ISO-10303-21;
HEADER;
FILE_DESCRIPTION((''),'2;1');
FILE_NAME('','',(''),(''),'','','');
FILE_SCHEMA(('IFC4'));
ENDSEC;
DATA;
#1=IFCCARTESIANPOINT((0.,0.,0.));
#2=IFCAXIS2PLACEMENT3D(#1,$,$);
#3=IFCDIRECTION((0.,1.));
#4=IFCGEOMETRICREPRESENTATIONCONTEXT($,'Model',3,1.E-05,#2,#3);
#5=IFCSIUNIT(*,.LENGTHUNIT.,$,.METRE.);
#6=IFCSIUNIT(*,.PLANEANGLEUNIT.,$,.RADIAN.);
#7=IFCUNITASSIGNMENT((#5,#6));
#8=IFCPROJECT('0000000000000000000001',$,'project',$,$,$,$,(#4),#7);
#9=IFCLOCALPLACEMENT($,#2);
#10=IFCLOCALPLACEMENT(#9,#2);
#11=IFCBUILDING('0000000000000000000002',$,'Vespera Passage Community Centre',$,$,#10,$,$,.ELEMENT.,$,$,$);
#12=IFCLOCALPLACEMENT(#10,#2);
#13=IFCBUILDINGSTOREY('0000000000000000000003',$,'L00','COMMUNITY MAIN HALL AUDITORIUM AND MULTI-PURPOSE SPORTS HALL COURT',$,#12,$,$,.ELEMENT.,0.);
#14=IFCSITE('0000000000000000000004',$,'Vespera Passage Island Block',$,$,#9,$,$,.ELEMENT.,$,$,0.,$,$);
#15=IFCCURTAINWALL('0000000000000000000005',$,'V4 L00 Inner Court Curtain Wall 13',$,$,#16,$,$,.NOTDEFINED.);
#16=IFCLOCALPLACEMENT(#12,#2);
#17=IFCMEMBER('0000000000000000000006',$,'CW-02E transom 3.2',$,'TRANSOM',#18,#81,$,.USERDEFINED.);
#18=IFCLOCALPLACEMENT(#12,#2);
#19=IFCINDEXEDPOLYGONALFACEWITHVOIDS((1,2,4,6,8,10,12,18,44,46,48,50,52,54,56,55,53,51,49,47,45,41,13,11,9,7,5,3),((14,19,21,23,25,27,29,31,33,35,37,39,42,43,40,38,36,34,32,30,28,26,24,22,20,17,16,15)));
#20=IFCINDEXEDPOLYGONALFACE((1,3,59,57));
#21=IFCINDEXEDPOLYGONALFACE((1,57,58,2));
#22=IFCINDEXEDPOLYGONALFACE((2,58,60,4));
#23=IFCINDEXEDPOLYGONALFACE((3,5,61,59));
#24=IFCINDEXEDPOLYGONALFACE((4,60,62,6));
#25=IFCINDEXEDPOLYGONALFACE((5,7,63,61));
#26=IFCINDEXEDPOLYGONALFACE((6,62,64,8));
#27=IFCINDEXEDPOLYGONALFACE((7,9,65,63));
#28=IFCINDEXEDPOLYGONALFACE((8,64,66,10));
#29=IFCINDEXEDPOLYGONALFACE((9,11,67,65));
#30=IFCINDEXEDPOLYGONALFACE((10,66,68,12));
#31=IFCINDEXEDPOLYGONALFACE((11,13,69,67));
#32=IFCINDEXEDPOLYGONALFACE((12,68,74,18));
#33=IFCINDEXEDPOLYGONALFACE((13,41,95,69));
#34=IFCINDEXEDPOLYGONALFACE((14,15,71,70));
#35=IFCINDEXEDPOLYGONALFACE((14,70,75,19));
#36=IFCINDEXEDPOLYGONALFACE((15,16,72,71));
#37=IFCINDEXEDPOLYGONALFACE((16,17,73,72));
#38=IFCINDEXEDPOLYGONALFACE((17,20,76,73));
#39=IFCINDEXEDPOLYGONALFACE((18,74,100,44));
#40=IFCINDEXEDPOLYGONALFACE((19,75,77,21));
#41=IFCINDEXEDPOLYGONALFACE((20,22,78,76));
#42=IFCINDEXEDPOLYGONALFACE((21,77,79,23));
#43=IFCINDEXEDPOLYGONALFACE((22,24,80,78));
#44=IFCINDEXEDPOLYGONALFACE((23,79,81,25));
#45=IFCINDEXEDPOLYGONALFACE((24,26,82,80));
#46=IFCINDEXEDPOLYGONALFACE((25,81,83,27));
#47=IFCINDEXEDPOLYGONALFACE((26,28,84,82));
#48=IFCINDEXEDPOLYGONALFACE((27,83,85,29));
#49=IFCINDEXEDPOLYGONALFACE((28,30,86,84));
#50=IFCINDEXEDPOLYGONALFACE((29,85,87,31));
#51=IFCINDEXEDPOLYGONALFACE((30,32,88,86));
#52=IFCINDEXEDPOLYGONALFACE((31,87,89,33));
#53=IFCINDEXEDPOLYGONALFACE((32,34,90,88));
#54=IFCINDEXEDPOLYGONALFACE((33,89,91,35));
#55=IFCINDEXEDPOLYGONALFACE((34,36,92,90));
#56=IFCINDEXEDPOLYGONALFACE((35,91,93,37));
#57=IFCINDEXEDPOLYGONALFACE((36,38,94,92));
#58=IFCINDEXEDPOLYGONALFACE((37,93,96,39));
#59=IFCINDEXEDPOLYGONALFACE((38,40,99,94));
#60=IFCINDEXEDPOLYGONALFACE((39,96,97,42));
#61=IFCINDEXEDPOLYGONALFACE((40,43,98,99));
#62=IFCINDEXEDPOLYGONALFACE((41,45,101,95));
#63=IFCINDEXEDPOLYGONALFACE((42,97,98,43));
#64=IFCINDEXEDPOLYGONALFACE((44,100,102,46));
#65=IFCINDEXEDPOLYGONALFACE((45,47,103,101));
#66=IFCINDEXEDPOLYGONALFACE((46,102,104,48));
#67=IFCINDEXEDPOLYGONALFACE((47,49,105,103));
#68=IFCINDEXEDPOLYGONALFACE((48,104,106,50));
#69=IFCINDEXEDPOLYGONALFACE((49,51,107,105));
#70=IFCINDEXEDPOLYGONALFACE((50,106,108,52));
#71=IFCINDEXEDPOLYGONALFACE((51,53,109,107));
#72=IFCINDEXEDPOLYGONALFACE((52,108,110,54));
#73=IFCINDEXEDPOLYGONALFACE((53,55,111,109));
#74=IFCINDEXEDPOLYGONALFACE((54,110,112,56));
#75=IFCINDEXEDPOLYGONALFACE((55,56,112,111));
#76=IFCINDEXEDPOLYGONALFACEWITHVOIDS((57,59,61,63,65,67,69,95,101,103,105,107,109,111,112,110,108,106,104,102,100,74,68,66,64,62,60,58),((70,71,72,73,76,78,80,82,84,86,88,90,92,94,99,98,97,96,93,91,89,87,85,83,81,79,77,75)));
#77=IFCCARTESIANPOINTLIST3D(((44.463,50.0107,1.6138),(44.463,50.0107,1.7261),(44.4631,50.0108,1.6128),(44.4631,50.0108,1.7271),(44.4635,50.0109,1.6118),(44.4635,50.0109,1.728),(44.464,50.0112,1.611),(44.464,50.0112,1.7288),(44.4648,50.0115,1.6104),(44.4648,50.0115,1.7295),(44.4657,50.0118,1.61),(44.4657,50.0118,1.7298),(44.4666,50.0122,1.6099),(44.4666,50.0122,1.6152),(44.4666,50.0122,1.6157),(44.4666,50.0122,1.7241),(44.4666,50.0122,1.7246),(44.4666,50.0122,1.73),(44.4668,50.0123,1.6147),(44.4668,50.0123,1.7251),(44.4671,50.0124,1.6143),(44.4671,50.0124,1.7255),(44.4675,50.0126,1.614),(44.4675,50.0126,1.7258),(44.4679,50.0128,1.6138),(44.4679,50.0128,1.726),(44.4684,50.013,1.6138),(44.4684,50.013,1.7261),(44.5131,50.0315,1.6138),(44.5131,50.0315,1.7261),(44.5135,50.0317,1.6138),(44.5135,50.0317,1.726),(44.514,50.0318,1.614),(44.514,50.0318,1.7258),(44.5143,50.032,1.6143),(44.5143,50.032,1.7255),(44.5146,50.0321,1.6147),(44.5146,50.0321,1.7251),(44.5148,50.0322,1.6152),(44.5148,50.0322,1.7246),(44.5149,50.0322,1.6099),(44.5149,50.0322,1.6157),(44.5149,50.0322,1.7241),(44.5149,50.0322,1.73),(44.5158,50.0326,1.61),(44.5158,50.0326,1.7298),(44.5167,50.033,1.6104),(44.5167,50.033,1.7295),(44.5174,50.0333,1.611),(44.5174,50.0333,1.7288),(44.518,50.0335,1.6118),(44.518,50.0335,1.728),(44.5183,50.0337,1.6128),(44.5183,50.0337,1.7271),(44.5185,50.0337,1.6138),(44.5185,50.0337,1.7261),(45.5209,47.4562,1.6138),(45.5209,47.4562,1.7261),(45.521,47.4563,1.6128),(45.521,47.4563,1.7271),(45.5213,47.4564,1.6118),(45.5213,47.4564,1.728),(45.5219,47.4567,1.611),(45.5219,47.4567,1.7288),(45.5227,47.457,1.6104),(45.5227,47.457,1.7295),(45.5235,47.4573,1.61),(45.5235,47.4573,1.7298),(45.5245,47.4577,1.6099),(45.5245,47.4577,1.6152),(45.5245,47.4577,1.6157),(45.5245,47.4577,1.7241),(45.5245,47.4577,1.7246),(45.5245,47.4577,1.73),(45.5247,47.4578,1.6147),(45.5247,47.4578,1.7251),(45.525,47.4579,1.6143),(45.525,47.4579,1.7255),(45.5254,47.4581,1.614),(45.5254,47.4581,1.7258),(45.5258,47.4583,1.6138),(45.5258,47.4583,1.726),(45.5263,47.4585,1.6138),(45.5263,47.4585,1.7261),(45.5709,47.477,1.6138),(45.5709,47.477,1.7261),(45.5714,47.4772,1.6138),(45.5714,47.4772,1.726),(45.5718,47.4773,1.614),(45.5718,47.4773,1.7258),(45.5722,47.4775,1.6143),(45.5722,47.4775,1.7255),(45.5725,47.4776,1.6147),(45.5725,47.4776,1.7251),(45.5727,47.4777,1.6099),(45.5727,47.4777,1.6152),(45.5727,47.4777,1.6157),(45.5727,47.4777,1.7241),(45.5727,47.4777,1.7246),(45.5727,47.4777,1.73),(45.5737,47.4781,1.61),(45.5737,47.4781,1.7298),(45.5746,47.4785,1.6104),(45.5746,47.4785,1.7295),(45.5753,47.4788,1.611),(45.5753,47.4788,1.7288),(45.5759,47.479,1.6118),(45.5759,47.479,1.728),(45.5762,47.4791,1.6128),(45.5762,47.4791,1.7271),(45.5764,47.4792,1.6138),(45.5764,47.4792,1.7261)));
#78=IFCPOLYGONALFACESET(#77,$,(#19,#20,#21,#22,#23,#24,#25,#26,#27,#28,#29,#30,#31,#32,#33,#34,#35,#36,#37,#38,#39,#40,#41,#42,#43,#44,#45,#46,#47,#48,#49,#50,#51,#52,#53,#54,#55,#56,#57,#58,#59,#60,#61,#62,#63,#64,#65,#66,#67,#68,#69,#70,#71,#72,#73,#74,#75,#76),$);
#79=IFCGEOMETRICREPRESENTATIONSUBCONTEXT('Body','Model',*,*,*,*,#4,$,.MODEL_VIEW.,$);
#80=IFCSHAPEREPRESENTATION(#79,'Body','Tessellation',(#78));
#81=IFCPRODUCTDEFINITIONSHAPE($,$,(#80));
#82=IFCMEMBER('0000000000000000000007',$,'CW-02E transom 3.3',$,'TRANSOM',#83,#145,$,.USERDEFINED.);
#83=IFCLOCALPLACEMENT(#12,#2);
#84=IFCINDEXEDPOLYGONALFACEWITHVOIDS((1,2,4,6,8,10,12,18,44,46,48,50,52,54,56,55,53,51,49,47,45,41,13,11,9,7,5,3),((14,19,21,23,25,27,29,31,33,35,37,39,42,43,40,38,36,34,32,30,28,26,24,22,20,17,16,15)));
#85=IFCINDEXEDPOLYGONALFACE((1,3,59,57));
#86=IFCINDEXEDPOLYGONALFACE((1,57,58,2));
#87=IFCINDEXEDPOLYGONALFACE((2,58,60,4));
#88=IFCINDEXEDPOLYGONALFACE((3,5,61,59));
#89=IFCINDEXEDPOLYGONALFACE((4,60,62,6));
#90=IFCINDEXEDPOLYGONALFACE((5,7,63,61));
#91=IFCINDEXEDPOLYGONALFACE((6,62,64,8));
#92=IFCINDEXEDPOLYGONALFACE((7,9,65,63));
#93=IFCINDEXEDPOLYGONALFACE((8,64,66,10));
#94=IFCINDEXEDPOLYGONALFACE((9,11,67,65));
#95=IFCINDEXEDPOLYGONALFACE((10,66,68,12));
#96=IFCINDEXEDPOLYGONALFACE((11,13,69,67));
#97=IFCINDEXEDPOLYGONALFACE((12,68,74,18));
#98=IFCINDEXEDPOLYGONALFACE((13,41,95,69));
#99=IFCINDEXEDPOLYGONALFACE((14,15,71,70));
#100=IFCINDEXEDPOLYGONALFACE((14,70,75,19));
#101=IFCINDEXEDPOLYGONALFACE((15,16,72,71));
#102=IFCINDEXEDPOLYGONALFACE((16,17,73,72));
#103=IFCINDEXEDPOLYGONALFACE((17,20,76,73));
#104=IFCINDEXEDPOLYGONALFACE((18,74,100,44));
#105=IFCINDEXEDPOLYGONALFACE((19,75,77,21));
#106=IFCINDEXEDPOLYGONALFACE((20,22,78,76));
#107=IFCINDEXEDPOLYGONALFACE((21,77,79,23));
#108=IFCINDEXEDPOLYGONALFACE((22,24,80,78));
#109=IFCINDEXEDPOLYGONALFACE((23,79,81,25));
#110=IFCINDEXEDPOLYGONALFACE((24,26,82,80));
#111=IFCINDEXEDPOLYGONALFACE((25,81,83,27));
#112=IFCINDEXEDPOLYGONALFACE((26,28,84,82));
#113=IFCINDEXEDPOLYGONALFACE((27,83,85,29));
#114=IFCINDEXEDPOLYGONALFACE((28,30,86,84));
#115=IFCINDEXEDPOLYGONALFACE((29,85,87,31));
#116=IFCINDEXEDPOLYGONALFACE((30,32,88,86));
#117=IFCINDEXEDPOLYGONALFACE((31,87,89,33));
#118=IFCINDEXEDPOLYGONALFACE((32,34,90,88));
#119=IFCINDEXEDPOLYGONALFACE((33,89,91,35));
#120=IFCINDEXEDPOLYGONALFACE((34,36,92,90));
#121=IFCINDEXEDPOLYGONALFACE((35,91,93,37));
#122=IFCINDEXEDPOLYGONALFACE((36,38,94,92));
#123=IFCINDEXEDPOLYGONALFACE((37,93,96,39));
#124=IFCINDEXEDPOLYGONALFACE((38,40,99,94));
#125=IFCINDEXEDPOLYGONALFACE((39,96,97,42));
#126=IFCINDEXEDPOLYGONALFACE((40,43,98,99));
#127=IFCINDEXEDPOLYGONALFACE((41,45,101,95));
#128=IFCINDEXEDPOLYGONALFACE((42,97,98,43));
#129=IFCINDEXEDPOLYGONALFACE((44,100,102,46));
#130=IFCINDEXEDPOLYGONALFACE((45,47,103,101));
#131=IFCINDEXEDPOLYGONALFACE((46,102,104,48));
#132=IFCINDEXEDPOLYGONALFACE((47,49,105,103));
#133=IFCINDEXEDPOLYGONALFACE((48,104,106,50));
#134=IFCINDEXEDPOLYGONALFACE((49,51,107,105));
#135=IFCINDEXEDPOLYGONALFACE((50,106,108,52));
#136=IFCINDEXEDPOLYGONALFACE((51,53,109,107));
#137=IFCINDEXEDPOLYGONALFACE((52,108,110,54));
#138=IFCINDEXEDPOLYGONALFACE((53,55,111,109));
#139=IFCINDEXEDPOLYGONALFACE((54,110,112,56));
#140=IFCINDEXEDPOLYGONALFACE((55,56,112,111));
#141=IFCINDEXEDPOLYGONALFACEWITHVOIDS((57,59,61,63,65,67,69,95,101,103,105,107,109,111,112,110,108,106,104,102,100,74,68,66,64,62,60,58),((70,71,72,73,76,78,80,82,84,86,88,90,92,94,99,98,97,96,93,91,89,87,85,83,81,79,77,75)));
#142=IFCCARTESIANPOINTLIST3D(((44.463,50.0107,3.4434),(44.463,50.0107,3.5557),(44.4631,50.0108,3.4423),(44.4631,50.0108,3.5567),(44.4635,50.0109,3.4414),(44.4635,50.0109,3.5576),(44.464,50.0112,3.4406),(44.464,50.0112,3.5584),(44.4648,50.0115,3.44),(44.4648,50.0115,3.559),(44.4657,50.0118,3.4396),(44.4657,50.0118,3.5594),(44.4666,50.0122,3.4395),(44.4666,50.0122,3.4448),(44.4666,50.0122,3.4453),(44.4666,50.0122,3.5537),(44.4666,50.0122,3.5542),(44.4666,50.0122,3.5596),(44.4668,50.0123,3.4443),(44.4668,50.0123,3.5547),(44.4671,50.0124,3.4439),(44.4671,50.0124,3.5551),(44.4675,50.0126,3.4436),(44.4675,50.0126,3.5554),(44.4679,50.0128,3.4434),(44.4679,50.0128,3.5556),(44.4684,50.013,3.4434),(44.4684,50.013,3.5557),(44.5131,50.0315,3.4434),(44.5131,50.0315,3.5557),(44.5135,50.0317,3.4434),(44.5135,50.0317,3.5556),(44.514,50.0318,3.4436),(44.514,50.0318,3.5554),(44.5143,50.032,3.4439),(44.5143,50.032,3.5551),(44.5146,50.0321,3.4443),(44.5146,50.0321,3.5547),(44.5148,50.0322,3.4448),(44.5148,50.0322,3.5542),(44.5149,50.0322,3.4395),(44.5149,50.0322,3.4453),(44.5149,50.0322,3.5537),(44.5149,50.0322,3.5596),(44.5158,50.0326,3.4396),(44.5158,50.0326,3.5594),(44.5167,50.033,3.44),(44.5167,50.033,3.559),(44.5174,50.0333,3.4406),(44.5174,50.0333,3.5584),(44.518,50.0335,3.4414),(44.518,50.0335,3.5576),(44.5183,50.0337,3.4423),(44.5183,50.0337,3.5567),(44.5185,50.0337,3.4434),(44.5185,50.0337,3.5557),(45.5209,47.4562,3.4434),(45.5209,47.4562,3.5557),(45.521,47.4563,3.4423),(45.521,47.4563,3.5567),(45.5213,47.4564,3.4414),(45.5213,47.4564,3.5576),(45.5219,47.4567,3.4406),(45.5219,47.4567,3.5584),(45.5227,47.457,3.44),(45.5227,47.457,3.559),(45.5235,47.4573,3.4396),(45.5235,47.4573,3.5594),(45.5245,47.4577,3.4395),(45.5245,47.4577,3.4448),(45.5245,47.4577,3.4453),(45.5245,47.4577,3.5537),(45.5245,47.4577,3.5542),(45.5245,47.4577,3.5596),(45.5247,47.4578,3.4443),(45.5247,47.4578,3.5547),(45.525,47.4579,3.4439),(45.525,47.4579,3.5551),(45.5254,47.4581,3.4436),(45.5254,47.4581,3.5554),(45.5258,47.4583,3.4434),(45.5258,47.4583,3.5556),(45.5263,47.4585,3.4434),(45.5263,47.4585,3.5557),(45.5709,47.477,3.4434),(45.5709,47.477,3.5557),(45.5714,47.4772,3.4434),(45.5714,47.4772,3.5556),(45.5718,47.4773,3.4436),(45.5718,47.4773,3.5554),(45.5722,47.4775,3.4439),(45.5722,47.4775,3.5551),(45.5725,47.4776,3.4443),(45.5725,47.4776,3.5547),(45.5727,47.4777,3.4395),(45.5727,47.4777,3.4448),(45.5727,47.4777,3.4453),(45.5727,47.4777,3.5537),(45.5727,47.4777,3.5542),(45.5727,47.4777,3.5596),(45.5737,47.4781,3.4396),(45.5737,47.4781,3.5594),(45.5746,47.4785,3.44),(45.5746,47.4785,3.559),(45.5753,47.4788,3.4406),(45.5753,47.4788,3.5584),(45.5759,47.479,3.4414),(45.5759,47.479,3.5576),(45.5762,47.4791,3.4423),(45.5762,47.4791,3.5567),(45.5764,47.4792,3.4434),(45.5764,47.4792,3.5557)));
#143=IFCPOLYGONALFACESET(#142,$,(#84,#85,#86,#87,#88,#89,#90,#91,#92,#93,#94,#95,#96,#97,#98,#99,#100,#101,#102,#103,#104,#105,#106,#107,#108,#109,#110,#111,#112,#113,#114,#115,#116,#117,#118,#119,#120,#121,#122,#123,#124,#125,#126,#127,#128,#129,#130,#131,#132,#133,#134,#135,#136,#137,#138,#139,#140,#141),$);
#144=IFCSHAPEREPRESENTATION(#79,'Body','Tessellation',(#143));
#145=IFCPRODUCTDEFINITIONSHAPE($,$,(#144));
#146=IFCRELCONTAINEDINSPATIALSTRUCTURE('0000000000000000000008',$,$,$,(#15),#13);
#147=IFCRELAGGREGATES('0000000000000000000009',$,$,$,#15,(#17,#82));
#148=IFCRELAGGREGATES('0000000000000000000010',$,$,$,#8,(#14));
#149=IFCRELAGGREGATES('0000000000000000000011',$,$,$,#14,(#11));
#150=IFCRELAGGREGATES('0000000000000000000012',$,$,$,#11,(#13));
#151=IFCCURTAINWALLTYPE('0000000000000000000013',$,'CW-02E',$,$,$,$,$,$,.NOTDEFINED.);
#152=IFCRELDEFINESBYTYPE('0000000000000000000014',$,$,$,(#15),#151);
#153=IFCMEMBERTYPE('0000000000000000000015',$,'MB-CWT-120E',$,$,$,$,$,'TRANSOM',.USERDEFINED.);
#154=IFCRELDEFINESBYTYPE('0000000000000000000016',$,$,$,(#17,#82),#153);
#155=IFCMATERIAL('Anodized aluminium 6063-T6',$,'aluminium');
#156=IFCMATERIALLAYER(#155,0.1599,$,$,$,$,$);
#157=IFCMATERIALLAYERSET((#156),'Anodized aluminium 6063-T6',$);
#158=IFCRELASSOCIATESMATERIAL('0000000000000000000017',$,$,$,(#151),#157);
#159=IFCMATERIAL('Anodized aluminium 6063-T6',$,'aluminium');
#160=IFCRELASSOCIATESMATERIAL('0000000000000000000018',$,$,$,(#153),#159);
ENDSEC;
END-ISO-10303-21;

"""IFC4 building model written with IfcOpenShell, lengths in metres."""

from ifc_helpers import new_model, si_unit, direction, frame, origin, origin_2d, place, context, subcontext, project, spatial, hollow_rectangle, extrude, material, layer, layer_set, material_profile, profile_set, type_object, element, aggregate, save


model = new_model("IFC4")

# Units and contexts
model_context = context("Model", 3, precision=1e-05, world=origin(), true_north=direction((0.0, 1.0)))
body_context = subcontext(model_context, "Body", "Model", "MODEL_VIEW")
ifc_project = project(units=[si_unit("LENGTHUNIT", "METRE"), si_unit("PLANEANGLEUNIT", "RADIAN")], contexts=[model_context])

# Site, building, storey
site_placement = place(None, origin())
site = spatial("IfcSite", under=ifc_project, at=site_placement, Name="Vespera Passage Island Block", CompositionType="ELEMENT", RefElevation=0.0)
building_placement = place(site_placement, origin())
building = spatial("IfcBuilding", under=site, at=building_placement, Name="Vespera Passage Community Centre", CompositionType="ELEMENT")
storey_placement = place(building_placement, origin())
storey = spatial("IfcBuildingStorey", under=building, at=storey_placement, Name="L00", Description="COMMUNITY MAIN HALL AUDITORIUM AND MULTI-PURPOSE SPORTS HALL COURT", CompositionType="ELEMENT", Elevation=0.0)

# Curtain wall
ifc_material_1 = material(Name="Anodized aluminium 6063-T6", Category="aluminium")
ifc_layer_1 = layer(ifc_material_1, 0.1599)
ifc_layer_set_1 = layer_set([ifc_layer_1], Name="Anodized aluminium 6063-T6")
curtain_wall_type_1 = type_object("IfcCurtainWallType", Name="CW-02E", PredefinedType="NOTDEFINED", material=ifc_layer_set_1)
curtain_wall_1_placement = place(storey_placement, origin())
curtain_wall_1 = element("IfcCurtainWall", 1, at=curtain_wall_1_placement, inside=storey, type_object=curtain_wall_type_1, Name="V4 L00 Inner Court Curtain Wall 13", PredefinedType="NOTDEFINED")

# Members
ifc_material_2 = material(Name="Anodized aluminium 6063-T6", Category="aluminium")
ifc_material_profile_1 = material_profile(ifc_material_2, hollow_rectangle(XDim=0.0601, YDim=0.1201, WallThickness=0.0039, InnerFilletRadius=0.002, OuterFilletRadius=0.0039, at=origin_2d()), Name="ALU120X60X4")
ifc_profile_set_1 = profile_set([ifc_material_profile_1], Name="Anodized aluminium 6063-T6")
member_type_1 = type_object("IfcMemberType", Name="MB-CWT-120E", ElementType="TRANSOM", PredefinedType="USERDEFINED", material=ifc_profile_set_1)
member_1_placement = place(storey_placement, frame((44.4907, 50.0222, 1.6699), z_axis=(0.382614, -0.923908, 0.0), x_axis=(0.923908, 0.382614, 0.0)))
member_1 = element("IfcMember", 2, at=member_1_placement, type_object=member_type_1, Name="CW-02E transom 3.2", ObjectType="TRANSOM", PredefinedType="USERDEFINED", context=body_context, shape_type="SweptSolid", body=[
    extrude(hollow_rectangle(XDim=0.0601, YDim=0.1201, WallThickness=0.0039, InnerFilletRadius=0.002, OuterFilletRadius=0.0039, at=origin_2d()), origin(), (0.0, 0.0, 1.0), 2.7649),
])
member_2_placement = place(storey_placement, frame((44.4907, 50.0222, 3.4995), z_axis=(0.382614, -0.923908, 0.0), x_axis=(0.923908, 0.382614, 0.0)))
member_2 = element("IfcMember", 3, at=member_2_placement, type_object=member_type_1, Name="CW-02E transom 3.3", ObjectType="TRANSOM", PredefinedType="USERDEFINED", context=body_context, shape_type="SweptSolid", body=[
    extrude(hollow_rectangle(XDim=0.0601, YDim=0.1201, WallThickness=0.0039, InnerFilletRadius=0.002, OuterFilletRadius=0.0039, at=origin_2d()), origin(), (0.0, 0.0, 1.0), 2.7649),
])

aggregate(curtain_wall_1, [member_1, member_2])

save(model, "model.ifc")
